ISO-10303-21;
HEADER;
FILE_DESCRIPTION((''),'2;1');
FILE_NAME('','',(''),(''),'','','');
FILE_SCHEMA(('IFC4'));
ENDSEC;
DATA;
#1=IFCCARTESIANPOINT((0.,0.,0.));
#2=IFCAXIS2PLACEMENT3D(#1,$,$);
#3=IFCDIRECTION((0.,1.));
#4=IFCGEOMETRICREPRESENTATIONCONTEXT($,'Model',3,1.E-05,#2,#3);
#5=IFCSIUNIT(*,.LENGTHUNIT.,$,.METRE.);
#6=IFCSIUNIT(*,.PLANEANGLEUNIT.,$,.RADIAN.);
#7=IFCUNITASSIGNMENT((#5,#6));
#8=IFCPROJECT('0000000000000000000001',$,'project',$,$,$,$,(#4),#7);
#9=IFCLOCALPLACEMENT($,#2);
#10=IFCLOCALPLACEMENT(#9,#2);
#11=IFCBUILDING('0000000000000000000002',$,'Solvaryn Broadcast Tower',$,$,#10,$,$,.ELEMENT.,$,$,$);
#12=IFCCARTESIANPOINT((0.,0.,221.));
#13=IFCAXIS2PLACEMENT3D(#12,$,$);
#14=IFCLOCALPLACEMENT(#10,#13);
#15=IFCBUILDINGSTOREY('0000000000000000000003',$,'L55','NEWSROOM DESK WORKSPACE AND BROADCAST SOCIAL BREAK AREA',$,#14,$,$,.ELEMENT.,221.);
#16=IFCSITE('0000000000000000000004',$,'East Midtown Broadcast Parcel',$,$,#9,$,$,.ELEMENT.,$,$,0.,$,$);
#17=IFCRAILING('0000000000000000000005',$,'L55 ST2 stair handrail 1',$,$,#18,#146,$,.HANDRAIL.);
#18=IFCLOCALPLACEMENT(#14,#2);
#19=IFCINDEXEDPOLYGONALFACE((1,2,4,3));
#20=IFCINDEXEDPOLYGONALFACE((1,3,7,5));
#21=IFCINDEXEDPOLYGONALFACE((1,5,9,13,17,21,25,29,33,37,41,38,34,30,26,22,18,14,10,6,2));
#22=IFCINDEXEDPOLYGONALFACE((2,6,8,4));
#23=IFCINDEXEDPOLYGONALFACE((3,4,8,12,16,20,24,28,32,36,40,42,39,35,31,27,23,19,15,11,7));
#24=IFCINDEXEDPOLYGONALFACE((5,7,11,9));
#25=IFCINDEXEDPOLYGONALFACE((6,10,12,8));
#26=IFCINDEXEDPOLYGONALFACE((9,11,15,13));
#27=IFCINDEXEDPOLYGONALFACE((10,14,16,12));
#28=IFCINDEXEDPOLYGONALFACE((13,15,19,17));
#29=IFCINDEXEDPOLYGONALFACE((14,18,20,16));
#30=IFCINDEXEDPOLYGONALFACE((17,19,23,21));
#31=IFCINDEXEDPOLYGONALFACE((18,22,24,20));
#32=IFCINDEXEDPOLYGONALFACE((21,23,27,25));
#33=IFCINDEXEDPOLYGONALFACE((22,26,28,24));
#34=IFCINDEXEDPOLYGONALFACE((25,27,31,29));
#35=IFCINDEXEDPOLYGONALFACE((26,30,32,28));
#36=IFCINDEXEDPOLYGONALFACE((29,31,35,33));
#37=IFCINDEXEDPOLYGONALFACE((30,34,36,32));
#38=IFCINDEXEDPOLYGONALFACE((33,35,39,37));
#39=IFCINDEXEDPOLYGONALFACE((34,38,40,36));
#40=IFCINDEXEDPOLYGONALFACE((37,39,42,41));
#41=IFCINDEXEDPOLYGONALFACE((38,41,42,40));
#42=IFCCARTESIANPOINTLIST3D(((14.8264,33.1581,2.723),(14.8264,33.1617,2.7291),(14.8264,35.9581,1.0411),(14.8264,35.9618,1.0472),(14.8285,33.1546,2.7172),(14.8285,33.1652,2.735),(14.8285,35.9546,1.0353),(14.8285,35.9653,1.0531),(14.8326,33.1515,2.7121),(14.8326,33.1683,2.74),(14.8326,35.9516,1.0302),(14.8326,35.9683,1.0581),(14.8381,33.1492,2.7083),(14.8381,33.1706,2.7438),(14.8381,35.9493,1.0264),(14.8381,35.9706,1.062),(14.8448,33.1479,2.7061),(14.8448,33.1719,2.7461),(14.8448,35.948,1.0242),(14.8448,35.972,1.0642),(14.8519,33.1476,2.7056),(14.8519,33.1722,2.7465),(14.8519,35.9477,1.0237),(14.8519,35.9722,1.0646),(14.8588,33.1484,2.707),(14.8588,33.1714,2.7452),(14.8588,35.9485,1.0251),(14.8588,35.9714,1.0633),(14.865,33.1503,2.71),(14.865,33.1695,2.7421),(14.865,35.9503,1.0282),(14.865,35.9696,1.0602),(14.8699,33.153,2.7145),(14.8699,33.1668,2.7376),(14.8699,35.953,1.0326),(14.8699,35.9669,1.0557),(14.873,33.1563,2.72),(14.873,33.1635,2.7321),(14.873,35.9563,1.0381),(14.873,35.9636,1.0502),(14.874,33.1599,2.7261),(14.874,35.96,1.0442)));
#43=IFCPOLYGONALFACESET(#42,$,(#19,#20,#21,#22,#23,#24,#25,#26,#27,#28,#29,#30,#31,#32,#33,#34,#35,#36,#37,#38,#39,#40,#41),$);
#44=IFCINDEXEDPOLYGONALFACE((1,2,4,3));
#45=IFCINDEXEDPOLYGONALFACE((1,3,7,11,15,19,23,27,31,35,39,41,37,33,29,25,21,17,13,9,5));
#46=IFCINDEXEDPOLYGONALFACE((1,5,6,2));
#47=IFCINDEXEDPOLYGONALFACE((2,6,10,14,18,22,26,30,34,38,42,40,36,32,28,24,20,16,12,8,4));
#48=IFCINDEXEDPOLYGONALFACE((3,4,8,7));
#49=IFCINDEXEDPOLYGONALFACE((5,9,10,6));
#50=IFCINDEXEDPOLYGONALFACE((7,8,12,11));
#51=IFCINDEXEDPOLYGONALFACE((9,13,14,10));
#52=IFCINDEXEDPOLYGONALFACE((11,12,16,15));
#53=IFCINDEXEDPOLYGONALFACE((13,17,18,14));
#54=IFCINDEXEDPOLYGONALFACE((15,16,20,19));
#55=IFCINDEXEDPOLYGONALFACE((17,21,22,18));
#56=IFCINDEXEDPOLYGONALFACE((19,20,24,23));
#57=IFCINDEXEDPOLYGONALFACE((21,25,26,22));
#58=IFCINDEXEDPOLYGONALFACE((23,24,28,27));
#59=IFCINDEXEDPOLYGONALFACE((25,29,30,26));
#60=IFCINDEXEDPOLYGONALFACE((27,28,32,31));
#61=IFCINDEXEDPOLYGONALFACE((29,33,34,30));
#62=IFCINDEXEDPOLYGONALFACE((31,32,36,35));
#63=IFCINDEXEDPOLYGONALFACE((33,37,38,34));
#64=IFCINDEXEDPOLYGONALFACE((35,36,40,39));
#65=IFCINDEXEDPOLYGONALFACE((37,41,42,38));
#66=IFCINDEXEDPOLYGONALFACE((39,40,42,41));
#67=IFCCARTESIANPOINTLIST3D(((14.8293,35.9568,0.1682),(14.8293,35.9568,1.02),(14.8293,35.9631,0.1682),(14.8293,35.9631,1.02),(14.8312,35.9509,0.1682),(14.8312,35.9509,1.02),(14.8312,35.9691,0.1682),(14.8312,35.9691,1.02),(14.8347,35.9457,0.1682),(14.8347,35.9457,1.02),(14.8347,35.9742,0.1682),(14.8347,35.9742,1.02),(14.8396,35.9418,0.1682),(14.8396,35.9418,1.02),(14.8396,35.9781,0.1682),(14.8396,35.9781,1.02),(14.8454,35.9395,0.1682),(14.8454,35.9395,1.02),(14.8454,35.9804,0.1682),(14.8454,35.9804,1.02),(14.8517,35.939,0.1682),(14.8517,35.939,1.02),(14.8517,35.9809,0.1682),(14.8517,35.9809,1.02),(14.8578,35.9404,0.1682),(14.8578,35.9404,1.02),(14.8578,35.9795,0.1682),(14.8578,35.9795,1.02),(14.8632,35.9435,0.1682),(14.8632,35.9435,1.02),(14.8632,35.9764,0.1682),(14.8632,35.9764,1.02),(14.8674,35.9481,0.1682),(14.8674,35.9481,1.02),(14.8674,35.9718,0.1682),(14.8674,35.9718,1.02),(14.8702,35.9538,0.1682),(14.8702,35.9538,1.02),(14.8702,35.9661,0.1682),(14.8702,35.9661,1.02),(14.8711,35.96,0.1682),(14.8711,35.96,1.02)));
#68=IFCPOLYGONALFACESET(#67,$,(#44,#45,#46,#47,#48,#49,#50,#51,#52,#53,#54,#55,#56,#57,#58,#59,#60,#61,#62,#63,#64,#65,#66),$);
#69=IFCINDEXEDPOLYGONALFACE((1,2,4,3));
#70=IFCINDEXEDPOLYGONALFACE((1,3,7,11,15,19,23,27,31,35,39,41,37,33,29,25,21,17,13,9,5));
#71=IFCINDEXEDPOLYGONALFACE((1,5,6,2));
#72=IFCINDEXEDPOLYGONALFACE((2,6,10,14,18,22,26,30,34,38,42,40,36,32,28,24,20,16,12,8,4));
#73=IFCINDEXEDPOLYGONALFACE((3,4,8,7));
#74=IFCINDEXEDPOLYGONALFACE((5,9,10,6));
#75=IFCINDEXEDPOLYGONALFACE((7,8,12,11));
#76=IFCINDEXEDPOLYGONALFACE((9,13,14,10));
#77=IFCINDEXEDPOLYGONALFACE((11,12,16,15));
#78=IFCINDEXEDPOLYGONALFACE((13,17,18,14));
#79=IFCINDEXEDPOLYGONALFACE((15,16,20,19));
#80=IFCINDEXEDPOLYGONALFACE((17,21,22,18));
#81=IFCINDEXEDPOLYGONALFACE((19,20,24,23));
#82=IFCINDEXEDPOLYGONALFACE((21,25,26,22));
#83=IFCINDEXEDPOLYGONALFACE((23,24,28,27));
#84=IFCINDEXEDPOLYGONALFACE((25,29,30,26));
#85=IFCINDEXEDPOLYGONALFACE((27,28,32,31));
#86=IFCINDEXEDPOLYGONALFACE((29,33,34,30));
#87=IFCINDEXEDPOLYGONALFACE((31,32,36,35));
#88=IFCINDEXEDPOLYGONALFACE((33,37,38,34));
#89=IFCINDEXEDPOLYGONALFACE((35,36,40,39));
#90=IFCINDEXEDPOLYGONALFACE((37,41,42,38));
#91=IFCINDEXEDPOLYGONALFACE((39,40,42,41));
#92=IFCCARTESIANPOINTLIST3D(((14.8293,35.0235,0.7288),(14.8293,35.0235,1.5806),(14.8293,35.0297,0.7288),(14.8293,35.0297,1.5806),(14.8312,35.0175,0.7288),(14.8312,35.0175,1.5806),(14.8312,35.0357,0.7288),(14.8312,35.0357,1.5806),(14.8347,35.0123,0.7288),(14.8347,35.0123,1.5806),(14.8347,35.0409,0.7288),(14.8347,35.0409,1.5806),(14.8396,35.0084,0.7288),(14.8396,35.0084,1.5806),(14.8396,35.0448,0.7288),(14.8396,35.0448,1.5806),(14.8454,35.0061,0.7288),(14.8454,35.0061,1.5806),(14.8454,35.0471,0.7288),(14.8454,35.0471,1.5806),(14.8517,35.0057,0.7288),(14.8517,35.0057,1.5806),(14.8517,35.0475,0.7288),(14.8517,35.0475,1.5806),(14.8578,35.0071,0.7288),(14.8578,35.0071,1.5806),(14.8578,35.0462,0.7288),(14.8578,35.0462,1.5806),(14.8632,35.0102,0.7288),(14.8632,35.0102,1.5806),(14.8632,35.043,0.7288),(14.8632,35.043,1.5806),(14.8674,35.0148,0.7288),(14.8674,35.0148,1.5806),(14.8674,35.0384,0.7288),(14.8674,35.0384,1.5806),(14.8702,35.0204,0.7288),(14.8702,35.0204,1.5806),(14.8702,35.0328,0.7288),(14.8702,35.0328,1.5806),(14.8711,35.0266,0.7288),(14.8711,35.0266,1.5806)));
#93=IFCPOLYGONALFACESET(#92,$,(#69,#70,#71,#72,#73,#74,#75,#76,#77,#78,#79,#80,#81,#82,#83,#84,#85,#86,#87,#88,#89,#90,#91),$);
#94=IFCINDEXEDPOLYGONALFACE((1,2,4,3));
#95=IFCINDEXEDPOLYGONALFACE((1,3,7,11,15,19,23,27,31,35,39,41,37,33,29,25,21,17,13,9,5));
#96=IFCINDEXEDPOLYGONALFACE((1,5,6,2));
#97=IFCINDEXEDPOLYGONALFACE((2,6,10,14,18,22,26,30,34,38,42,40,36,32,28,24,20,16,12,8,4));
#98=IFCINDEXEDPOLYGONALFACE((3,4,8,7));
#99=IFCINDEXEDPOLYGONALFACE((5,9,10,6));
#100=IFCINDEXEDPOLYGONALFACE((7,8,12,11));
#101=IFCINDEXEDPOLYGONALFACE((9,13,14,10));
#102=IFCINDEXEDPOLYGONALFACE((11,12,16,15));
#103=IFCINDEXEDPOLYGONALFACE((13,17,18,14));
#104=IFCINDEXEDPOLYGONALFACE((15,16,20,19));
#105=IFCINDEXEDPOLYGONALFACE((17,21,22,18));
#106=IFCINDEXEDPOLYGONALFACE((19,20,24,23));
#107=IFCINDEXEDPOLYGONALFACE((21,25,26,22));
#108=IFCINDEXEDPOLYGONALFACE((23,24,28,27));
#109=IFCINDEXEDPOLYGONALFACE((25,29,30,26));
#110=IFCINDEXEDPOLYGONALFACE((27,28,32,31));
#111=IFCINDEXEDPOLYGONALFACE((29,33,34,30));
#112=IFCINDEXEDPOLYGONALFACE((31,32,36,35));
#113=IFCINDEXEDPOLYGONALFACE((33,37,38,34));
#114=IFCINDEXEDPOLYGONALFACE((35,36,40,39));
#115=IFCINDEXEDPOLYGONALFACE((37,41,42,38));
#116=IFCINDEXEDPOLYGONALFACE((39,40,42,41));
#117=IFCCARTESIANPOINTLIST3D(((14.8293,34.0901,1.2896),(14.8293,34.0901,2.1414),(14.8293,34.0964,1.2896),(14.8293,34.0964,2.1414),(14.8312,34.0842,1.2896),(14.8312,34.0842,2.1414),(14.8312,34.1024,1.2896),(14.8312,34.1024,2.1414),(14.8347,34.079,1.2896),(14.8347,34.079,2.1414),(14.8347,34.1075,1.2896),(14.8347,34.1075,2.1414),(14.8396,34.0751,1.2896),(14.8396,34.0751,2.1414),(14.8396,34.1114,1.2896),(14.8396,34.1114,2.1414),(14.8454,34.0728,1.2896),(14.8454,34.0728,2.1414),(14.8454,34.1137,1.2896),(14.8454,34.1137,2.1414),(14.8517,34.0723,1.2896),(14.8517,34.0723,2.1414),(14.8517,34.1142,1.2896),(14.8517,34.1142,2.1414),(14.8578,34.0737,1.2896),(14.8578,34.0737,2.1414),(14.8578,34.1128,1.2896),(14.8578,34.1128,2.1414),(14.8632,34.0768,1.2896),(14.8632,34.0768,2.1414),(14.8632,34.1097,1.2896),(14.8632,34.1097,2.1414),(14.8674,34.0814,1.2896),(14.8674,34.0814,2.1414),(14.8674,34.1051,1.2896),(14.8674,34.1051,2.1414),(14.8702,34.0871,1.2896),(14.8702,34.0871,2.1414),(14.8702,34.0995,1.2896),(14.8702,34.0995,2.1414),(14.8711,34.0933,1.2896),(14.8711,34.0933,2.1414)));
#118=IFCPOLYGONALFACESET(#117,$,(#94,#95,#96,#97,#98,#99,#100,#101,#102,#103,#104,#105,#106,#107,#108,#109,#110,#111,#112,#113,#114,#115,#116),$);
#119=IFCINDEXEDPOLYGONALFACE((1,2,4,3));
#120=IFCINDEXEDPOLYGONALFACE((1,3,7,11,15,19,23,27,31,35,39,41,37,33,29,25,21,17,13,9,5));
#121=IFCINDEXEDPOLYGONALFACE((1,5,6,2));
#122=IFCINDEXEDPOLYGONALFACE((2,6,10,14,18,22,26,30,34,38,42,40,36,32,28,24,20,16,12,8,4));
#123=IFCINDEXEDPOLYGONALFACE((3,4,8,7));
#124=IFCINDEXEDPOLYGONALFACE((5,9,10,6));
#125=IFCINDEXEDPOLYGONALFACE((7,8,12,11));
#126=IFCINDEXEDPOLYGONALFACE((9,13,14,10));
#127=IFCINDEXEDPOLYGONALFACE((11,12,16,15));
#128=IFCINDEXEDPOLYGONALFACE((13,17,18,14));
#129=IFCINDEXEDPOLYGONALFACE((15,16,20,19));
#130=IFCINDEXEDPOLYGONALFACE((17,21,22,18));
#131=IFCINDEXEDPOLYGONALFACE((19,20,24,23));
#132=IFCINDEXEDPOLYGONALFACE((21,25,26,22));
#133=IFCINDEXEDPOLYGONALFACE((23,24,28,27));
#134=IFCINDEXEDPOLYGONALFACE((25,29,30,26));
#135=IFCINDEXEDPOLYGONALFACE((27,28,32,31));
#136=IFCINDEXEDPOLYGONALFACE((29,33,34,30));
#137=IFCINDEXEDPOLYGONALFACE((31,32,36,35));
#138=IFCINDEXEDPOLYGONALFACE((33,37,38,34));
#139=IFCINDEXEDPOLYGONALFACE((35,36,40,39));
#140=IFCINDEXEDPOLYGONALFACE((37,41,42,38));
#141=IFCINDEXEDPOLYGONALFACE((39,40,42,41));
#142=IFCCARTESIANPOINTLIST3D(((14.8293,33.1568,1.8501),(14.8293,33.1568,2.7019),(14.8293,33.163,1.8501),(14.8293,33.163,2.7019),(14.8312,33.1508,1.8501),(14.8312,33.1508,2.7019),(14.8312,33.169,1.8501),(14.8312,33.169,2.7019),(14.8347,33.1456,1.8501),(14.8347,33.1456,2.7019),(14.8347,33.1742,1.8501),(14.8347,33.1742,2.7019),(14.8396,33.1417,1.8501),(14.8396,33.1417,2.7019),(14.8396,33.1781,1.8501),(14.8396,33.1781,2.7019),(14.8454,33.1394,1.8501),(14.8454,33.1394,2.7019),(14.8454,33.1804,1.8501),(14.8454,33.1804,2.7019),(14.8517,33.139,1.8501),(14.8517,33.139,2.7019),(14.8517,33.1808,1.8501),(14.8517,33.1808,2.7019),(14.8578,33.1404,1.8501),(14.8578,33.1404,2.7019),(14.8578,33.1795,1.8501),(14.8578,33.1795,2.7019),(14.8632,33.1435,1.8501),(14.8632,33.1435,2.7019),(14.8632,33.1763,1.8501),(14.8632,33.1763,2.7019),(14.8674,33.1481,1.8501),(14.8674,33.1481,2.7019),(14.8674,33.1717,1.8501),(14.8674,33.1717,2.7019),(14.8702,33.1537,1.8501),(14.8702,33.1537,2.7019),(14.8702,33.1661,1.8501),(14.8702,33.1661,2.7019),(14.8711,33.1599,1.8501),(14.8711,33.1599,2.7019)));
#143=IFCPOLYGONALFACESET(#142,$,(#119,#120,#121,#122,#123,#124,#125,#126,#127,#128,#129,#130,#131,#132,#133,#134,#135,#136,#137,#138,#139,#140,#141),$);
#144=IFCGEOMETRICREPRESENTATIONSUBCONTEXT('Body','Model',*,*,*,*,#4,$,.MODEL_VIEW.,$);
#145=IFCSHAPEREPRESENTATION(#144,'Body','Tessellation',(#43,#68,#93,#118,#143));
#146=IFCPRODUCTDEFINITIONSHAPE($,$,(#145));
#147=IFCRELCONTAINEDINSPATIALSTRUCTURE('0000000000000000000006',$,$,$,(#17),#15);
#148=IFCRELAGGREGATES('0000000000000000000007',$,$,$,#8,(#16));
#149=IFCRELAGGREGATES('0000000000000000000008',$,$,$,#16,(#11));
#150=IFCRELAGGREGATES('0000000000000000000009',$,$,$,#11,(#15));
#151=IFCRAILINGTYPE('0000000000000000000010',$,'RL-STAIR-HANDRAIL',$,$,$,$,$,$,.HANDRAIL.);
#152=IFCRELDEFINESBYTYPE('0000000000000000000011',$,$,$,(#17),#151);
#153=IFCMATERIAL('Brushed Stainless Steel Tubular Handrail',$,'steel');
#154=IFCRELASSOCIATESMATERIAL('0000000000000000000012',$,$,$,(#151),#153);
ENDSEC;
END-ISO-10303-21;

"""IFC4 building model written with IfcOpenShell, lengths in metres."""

from ifc_helpers import new_model, si_unit, direction, frame, origin, origin_2d, place, context, subcontext, project, spatial, circle, extrude, material, type_object, element, save


model = new_model("IFC4")

# Units and contexts
model_context = context("Model", 3, precision=1e-05, world=origin(), true_north=direction((0.0, 1.0)))
body_context = subcontext(model_context, "Body", "Model", "MODEL_VIEW")
ifc_project = project(units=[si_unit("LENGTHUNIT", "METRE"), si_unit("PLANEANGLEUNIT", "RADIAN")], contexts=[model_context])

# Site, building, storey
site_placement = place(None, origin())
site = spatial("IfcSite", under=ifc_project, at=site_placement, Name="East Midtown Broadcast Parcel", CompositionType="ELEMENT", RefElevation=0.0)
building_placement = place(site_placement, origin())
building = spatial("IfcBuilding", under=site, at=building_placement, Name="Solvaryn Broadcast Tower", CompositionType="ELEMENT")
storey_placement = place(building_placement, frame((0.0, 0.0, 221.0)))
storey = spatial("IfcBuildingStorey", under=building, at=storey_placement, Name="L55", Description="NEWSROOM DESK WORKSPACE AND BROADCAST SOCIAL BREAK AREA", CompositionType="ELEMENT", Elevation=221.0)

# Railing
ifc_material_1 = material(Name="Brushed Stainless Steel Tubular Handrail", Category="steel")
railing_type_1 = type_object("IfcRailingType", Name="RL-STAIR-HANDRAIL", PredefinedType="HANDRAIL", material=ifc_material_1)
railing_1_placement = place(storey_placement, frame((14.8501, 35.96, 0.1682)))
element("IfcRailing", 1, at=railing_1_placement, inside=storey, type_object=railing_type_1, Name="L55 ST2 stair handrail 1", PredefinedType="HANDRAIL", context=body_context, shape_type="SweptSolid", body=[
    extrude(circle(Radius=0.0239, at=origin_2d()), frame((0.0, 0.0, 0.876), z_axis=(0.0, -0.857242, 0.514913), x_axis=(1.0, 0.0, 0.0)), (0.0, 0.0, 1.0), 3.2664),
    extrude(circle(Radius=0.021, at=origin_2d()), origin(), (0.0, 0.0, 1.0), 0.8518),
    extrude(circle(Radius=0.021, at=origin_2d()), frame((0.0, -0.9333, 0.5605)), (0.0, 0.0, 1.0), 0.8518),
    extrude(circle(Radius=0.021, at=origin_2d()), frame((0.0, -1.8667, 1.1213)), (0.0, 0.0, 1.0), 0.8518),
    extrude(circle(Radius=0.021, at=origin_2d()), frame((0.0, -2.8, 1.6819)), (0.0, 0.0, 1.0), 0.8518),
])

save(model, "model.ifc")
